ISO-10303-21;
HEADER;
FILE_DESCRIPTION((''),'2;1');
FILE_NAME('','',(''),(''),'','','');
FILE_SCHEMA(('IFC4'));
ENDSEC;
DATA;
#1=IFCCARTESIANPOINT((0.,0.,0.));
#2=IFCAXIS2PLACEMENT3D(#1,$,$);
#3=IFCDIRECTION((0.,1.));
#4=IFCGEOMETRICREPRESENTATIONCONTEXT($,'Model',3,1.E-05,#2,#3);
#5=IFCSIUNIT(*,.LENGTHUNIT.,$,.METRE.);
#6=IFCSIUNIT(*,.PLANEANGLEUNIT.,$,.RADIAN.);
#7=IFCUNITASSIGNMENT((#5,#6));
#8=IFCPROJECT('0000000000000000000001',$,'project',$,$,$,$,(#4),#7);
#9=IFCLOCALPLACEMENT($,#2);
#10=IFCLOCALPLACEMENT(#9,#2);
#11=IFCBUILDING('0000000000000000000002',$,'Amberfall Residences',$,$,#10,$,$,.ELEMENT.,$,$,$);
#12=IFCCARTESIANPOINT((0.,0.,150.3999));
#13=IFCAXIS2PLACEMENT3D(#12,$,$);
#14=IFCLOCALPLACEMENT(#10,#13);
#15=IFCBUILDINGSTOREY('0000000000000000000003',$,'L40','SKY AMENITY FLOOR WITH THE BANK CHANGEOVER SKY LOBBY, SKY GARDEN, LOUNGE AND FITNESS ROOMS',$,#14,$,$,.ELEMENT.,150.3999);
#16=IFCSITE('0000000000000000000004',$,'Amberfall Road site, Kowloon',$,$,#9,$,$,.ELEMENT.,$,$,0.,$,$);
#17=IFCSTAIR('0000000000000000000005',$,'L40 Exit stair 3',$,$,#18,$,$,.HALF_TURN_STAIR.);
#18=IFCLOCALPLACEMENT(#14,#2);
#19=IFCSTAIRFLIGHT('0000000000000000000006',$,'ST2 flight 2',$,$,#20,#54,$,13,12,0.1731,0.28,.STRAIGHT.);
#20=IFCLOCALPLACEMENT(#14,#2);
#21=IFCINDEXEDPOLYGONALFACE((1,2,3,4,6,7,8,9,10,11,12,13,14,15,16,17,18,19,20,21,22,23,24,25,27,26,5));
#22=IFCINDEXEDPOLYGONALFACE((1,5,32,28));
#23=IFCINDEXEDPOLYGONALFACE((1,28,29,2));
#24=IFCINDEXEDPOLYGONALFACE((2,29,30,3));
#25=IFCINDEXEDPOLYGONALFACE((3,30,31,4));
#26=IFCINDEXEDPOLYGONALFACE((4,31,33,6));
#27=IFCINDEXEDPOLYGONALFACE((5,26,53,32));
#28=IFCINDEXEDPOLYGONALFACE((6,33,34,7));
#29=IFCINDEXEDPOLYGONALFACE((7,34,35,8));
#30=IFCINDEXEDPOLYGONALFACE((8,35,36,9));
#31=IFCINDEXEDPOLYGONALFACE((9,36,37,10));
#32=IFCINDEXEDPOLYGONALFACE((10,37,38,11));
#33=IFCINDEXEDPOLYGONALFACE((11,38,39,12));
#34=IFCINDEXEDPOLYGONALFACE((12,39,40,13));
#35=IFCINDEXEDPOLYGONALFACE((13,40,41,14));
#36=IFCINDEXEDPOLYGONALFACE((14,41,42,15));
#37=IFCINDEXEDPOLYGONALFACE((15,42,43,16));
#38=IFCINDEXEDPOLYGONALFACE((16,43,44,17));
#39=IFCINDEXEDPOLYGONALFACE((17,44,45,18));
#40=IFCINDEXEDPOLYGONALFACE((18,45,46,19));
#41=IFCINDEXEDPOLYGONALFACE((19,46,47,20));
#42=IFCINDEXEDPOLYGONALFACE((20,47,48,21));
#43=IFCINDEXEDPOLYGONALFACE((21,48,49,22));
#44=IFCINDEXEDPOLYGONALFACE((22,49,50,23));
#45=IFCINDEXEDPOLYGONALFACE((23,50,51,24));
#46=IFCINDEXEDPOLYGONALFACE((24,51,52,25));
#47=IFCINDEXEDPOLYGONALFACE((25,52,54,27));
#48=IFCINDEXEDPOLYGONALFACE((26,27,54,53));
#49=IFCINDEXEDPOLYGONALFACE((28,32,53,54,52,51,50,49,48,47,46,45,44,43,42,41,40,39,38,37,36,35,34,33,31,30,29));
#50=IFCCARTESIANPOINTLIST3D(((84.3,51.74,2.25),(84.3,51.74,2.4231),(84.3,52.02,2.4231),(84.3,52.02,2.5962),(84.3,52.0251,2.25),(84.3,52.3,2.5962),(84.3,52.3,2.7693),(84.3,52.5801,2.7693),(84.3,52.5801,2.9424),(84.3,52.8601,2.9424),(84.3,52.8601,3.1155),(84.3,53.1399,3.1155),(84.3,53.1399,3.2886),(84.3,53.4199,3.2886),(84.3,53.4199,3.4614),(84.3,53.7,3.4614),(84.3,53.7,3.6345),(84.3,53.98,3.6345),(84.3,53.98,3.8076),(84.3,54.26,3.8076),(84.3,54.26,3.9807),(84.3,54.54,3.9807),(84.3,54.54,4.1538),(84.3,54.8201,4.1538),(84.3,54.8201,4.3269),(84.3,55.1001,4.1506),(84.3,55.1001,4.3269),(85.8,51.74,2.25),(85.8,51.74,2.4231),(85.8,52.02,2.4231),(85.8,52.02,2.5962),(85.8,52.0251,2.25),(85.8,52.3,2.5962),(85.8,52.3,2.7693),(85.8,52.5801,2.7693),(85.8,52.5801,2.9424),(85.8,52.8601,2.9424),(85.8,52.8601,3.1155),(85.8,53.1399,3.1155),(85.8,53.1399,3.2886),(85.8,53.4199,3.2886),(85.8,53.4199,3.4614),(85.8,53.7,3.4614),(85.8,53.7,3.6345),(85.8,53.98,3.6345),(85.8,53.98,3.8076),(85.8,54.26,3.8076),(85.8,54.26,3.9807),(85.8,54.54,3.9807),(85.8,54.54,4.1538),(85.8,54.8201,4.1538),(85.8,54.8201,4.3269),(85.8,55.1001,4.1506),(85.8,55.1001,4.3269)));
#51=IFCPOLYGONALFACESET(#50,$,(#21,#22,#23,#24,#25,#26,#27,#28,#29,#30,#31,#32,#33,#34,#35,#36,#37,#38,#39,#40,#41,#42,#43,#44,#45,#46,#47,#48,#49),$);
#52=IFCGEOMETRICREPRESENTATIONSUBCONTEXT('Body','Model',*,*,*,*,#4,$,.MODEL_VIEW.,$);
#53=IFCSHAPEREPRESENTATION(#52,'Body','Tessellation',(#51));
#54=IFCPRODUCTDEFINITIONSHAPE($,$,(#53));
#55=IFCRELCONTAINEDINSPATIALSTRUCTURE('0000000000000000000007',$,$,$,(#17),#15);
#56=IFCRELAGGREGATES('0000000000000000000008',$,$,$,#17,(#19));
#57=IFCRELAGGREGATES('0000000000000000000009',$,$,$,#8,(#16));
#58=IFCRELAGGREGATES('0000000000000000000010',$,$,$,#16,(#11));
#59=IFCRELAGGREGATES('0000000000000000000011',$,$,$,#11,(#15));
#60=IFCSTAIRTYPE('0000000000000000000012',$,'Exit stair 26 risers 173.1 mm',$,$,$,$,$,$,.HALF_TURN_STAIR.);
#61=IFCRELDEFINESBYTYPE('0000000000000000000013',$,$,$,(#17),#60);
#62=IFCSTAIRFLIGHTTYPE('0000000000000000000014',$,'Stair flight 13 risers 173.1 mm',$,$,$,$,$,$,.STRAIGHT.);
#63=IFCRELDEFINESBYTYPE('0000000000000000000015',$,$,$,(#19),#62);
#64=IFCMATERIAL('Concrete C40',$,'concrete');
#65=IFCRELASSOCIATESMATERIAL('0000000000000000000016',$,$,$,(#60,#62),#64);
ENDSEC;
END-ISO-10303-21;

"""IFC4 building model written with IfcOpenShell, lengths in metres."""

from ifc_helpers import new_model, si_unit, direction, frame, origin, place, context, subcontext, project, spatial, polyline, outline, extrude, material, type_object, element, aggregate, save


model = new_model("IFC4")

# Units and contexts
model_context = context("Model", 3, precision=1e-05, world=origin(), true_north=direction((0.0, 1.0)))
body_context = subcontext(model_context, "Body", "Model", "MODEL_VIEW")
ifc_project = project(units=[si_unit("LENGTHUNIT", "METRE"), si_unit("PLANEANGLEUNIT", "RADIAN")], contexts=[model_context])

# Site, building, storey
site_placement = place(None, origin())
site = spatial("IfcSite", under=ifc_project, at=site_placement, Name="Amberfall Road site, Kowloon", CompositionType="ELEMENT", RefElevation=0.0)
building_placement = place(site_placement, origin())
building = spatial("IfcBuilding", under=site, at=building_placement, Name="Amberfall Residences", CompositionType="ELEMENT")
storey_placement = place(building_placement, frame((0.0, 0.0, 150.3999)))
storey = spatial("IfcBuildingStorey", under=building, at=storey_placement, Name="L40", Description="SKY AMENITY FLOOR WITH THE BANK CHANGEOVER SKY LOBBY, SKY GARDEN, LOUNGE AND FITNESS ROOMS", CompositionType="ELEMENT", Elevation=150.3999)

# Stair, stair flight
ifc_material_1 = material(Name="Concrete C40", Category="concrete")
stair_type = type_object("IfcStairType", Name="Exit stair 26 risers 173.1 mm", PredefinedType="HALF_TURN_STAIR", material=ifc_material_1)
stair_placement = place(storey_placement, origin())
stair = element("IfcStair", 1, at=stair_placement, inside=storey, type_object=stair_type, Name="L40 Exit stair 3", PredefinedType="HALF_TURN_STAIR")
stair_flight_type = type_object("IfcStairFlightType", Name="Stair flight 13 risers 173.1 mm", PredefinedType="STRAIGHT", material=ifc_material_1)
stair_flight_1_placement = place(storey_placement, frame((85.05, 51.74, 2.25), z_axis=(0.0, 0.0, 1.0), x_axis=(0.0, 1.0, 0.0)))
stair_flight_1 = element("IfcStairFlight", 2, at=stair_flight_1_placement, type_object=stair_flight_type, Name="ST2 flight 2", NumberOfRisers=13, NumberOfTreads=12, PredefinedType="STRAIGHT", RiserHeight=0.1731, TreadLength=0.28, context=body_context, shape_type="SweptSolid", body=[
    extrude(outline(polyline([(0.0, 0.0), (0.0, 0.1731), (0.28, 0.1731), (0.28, 0.3462), (0.5601, 0.3462), (0.5601, 0.5193), (0.8401, 0.5193), (0.8401, 0.6924), (1.1201, 0.6924), (1.1201, 0.8655), (1.3999, 0.8655), (1.3999, 1.0386), (1.6799, 1.0386), (1.6799, 1.2114), (1.96, 1.2114), (1.96, 1.3845), (2.24, 1.3845), (2.24, 1.5576), (2.52, 1.5576), (2.52, 1.7307), (2.8, 1.7307), (2.8, 1.9038), (3.0801, 1.9038), (3.0801, 2.0769), (3.3601, 2.0769), (3.3601, 2.25), (3.3601, 1.9006), (0.2852, 0.0), (0.0, 0.0)])), frame((0.0, 0.75, 0.0), z_axis=(0.0, -1.0, 0.0), x_axis=(1.0, 0.0, 0.0)), (0.0, 0.0, 1.0), 1.5),
])
aggregate(stair, [stair_flight_1])

save(model, "model.ifc")
